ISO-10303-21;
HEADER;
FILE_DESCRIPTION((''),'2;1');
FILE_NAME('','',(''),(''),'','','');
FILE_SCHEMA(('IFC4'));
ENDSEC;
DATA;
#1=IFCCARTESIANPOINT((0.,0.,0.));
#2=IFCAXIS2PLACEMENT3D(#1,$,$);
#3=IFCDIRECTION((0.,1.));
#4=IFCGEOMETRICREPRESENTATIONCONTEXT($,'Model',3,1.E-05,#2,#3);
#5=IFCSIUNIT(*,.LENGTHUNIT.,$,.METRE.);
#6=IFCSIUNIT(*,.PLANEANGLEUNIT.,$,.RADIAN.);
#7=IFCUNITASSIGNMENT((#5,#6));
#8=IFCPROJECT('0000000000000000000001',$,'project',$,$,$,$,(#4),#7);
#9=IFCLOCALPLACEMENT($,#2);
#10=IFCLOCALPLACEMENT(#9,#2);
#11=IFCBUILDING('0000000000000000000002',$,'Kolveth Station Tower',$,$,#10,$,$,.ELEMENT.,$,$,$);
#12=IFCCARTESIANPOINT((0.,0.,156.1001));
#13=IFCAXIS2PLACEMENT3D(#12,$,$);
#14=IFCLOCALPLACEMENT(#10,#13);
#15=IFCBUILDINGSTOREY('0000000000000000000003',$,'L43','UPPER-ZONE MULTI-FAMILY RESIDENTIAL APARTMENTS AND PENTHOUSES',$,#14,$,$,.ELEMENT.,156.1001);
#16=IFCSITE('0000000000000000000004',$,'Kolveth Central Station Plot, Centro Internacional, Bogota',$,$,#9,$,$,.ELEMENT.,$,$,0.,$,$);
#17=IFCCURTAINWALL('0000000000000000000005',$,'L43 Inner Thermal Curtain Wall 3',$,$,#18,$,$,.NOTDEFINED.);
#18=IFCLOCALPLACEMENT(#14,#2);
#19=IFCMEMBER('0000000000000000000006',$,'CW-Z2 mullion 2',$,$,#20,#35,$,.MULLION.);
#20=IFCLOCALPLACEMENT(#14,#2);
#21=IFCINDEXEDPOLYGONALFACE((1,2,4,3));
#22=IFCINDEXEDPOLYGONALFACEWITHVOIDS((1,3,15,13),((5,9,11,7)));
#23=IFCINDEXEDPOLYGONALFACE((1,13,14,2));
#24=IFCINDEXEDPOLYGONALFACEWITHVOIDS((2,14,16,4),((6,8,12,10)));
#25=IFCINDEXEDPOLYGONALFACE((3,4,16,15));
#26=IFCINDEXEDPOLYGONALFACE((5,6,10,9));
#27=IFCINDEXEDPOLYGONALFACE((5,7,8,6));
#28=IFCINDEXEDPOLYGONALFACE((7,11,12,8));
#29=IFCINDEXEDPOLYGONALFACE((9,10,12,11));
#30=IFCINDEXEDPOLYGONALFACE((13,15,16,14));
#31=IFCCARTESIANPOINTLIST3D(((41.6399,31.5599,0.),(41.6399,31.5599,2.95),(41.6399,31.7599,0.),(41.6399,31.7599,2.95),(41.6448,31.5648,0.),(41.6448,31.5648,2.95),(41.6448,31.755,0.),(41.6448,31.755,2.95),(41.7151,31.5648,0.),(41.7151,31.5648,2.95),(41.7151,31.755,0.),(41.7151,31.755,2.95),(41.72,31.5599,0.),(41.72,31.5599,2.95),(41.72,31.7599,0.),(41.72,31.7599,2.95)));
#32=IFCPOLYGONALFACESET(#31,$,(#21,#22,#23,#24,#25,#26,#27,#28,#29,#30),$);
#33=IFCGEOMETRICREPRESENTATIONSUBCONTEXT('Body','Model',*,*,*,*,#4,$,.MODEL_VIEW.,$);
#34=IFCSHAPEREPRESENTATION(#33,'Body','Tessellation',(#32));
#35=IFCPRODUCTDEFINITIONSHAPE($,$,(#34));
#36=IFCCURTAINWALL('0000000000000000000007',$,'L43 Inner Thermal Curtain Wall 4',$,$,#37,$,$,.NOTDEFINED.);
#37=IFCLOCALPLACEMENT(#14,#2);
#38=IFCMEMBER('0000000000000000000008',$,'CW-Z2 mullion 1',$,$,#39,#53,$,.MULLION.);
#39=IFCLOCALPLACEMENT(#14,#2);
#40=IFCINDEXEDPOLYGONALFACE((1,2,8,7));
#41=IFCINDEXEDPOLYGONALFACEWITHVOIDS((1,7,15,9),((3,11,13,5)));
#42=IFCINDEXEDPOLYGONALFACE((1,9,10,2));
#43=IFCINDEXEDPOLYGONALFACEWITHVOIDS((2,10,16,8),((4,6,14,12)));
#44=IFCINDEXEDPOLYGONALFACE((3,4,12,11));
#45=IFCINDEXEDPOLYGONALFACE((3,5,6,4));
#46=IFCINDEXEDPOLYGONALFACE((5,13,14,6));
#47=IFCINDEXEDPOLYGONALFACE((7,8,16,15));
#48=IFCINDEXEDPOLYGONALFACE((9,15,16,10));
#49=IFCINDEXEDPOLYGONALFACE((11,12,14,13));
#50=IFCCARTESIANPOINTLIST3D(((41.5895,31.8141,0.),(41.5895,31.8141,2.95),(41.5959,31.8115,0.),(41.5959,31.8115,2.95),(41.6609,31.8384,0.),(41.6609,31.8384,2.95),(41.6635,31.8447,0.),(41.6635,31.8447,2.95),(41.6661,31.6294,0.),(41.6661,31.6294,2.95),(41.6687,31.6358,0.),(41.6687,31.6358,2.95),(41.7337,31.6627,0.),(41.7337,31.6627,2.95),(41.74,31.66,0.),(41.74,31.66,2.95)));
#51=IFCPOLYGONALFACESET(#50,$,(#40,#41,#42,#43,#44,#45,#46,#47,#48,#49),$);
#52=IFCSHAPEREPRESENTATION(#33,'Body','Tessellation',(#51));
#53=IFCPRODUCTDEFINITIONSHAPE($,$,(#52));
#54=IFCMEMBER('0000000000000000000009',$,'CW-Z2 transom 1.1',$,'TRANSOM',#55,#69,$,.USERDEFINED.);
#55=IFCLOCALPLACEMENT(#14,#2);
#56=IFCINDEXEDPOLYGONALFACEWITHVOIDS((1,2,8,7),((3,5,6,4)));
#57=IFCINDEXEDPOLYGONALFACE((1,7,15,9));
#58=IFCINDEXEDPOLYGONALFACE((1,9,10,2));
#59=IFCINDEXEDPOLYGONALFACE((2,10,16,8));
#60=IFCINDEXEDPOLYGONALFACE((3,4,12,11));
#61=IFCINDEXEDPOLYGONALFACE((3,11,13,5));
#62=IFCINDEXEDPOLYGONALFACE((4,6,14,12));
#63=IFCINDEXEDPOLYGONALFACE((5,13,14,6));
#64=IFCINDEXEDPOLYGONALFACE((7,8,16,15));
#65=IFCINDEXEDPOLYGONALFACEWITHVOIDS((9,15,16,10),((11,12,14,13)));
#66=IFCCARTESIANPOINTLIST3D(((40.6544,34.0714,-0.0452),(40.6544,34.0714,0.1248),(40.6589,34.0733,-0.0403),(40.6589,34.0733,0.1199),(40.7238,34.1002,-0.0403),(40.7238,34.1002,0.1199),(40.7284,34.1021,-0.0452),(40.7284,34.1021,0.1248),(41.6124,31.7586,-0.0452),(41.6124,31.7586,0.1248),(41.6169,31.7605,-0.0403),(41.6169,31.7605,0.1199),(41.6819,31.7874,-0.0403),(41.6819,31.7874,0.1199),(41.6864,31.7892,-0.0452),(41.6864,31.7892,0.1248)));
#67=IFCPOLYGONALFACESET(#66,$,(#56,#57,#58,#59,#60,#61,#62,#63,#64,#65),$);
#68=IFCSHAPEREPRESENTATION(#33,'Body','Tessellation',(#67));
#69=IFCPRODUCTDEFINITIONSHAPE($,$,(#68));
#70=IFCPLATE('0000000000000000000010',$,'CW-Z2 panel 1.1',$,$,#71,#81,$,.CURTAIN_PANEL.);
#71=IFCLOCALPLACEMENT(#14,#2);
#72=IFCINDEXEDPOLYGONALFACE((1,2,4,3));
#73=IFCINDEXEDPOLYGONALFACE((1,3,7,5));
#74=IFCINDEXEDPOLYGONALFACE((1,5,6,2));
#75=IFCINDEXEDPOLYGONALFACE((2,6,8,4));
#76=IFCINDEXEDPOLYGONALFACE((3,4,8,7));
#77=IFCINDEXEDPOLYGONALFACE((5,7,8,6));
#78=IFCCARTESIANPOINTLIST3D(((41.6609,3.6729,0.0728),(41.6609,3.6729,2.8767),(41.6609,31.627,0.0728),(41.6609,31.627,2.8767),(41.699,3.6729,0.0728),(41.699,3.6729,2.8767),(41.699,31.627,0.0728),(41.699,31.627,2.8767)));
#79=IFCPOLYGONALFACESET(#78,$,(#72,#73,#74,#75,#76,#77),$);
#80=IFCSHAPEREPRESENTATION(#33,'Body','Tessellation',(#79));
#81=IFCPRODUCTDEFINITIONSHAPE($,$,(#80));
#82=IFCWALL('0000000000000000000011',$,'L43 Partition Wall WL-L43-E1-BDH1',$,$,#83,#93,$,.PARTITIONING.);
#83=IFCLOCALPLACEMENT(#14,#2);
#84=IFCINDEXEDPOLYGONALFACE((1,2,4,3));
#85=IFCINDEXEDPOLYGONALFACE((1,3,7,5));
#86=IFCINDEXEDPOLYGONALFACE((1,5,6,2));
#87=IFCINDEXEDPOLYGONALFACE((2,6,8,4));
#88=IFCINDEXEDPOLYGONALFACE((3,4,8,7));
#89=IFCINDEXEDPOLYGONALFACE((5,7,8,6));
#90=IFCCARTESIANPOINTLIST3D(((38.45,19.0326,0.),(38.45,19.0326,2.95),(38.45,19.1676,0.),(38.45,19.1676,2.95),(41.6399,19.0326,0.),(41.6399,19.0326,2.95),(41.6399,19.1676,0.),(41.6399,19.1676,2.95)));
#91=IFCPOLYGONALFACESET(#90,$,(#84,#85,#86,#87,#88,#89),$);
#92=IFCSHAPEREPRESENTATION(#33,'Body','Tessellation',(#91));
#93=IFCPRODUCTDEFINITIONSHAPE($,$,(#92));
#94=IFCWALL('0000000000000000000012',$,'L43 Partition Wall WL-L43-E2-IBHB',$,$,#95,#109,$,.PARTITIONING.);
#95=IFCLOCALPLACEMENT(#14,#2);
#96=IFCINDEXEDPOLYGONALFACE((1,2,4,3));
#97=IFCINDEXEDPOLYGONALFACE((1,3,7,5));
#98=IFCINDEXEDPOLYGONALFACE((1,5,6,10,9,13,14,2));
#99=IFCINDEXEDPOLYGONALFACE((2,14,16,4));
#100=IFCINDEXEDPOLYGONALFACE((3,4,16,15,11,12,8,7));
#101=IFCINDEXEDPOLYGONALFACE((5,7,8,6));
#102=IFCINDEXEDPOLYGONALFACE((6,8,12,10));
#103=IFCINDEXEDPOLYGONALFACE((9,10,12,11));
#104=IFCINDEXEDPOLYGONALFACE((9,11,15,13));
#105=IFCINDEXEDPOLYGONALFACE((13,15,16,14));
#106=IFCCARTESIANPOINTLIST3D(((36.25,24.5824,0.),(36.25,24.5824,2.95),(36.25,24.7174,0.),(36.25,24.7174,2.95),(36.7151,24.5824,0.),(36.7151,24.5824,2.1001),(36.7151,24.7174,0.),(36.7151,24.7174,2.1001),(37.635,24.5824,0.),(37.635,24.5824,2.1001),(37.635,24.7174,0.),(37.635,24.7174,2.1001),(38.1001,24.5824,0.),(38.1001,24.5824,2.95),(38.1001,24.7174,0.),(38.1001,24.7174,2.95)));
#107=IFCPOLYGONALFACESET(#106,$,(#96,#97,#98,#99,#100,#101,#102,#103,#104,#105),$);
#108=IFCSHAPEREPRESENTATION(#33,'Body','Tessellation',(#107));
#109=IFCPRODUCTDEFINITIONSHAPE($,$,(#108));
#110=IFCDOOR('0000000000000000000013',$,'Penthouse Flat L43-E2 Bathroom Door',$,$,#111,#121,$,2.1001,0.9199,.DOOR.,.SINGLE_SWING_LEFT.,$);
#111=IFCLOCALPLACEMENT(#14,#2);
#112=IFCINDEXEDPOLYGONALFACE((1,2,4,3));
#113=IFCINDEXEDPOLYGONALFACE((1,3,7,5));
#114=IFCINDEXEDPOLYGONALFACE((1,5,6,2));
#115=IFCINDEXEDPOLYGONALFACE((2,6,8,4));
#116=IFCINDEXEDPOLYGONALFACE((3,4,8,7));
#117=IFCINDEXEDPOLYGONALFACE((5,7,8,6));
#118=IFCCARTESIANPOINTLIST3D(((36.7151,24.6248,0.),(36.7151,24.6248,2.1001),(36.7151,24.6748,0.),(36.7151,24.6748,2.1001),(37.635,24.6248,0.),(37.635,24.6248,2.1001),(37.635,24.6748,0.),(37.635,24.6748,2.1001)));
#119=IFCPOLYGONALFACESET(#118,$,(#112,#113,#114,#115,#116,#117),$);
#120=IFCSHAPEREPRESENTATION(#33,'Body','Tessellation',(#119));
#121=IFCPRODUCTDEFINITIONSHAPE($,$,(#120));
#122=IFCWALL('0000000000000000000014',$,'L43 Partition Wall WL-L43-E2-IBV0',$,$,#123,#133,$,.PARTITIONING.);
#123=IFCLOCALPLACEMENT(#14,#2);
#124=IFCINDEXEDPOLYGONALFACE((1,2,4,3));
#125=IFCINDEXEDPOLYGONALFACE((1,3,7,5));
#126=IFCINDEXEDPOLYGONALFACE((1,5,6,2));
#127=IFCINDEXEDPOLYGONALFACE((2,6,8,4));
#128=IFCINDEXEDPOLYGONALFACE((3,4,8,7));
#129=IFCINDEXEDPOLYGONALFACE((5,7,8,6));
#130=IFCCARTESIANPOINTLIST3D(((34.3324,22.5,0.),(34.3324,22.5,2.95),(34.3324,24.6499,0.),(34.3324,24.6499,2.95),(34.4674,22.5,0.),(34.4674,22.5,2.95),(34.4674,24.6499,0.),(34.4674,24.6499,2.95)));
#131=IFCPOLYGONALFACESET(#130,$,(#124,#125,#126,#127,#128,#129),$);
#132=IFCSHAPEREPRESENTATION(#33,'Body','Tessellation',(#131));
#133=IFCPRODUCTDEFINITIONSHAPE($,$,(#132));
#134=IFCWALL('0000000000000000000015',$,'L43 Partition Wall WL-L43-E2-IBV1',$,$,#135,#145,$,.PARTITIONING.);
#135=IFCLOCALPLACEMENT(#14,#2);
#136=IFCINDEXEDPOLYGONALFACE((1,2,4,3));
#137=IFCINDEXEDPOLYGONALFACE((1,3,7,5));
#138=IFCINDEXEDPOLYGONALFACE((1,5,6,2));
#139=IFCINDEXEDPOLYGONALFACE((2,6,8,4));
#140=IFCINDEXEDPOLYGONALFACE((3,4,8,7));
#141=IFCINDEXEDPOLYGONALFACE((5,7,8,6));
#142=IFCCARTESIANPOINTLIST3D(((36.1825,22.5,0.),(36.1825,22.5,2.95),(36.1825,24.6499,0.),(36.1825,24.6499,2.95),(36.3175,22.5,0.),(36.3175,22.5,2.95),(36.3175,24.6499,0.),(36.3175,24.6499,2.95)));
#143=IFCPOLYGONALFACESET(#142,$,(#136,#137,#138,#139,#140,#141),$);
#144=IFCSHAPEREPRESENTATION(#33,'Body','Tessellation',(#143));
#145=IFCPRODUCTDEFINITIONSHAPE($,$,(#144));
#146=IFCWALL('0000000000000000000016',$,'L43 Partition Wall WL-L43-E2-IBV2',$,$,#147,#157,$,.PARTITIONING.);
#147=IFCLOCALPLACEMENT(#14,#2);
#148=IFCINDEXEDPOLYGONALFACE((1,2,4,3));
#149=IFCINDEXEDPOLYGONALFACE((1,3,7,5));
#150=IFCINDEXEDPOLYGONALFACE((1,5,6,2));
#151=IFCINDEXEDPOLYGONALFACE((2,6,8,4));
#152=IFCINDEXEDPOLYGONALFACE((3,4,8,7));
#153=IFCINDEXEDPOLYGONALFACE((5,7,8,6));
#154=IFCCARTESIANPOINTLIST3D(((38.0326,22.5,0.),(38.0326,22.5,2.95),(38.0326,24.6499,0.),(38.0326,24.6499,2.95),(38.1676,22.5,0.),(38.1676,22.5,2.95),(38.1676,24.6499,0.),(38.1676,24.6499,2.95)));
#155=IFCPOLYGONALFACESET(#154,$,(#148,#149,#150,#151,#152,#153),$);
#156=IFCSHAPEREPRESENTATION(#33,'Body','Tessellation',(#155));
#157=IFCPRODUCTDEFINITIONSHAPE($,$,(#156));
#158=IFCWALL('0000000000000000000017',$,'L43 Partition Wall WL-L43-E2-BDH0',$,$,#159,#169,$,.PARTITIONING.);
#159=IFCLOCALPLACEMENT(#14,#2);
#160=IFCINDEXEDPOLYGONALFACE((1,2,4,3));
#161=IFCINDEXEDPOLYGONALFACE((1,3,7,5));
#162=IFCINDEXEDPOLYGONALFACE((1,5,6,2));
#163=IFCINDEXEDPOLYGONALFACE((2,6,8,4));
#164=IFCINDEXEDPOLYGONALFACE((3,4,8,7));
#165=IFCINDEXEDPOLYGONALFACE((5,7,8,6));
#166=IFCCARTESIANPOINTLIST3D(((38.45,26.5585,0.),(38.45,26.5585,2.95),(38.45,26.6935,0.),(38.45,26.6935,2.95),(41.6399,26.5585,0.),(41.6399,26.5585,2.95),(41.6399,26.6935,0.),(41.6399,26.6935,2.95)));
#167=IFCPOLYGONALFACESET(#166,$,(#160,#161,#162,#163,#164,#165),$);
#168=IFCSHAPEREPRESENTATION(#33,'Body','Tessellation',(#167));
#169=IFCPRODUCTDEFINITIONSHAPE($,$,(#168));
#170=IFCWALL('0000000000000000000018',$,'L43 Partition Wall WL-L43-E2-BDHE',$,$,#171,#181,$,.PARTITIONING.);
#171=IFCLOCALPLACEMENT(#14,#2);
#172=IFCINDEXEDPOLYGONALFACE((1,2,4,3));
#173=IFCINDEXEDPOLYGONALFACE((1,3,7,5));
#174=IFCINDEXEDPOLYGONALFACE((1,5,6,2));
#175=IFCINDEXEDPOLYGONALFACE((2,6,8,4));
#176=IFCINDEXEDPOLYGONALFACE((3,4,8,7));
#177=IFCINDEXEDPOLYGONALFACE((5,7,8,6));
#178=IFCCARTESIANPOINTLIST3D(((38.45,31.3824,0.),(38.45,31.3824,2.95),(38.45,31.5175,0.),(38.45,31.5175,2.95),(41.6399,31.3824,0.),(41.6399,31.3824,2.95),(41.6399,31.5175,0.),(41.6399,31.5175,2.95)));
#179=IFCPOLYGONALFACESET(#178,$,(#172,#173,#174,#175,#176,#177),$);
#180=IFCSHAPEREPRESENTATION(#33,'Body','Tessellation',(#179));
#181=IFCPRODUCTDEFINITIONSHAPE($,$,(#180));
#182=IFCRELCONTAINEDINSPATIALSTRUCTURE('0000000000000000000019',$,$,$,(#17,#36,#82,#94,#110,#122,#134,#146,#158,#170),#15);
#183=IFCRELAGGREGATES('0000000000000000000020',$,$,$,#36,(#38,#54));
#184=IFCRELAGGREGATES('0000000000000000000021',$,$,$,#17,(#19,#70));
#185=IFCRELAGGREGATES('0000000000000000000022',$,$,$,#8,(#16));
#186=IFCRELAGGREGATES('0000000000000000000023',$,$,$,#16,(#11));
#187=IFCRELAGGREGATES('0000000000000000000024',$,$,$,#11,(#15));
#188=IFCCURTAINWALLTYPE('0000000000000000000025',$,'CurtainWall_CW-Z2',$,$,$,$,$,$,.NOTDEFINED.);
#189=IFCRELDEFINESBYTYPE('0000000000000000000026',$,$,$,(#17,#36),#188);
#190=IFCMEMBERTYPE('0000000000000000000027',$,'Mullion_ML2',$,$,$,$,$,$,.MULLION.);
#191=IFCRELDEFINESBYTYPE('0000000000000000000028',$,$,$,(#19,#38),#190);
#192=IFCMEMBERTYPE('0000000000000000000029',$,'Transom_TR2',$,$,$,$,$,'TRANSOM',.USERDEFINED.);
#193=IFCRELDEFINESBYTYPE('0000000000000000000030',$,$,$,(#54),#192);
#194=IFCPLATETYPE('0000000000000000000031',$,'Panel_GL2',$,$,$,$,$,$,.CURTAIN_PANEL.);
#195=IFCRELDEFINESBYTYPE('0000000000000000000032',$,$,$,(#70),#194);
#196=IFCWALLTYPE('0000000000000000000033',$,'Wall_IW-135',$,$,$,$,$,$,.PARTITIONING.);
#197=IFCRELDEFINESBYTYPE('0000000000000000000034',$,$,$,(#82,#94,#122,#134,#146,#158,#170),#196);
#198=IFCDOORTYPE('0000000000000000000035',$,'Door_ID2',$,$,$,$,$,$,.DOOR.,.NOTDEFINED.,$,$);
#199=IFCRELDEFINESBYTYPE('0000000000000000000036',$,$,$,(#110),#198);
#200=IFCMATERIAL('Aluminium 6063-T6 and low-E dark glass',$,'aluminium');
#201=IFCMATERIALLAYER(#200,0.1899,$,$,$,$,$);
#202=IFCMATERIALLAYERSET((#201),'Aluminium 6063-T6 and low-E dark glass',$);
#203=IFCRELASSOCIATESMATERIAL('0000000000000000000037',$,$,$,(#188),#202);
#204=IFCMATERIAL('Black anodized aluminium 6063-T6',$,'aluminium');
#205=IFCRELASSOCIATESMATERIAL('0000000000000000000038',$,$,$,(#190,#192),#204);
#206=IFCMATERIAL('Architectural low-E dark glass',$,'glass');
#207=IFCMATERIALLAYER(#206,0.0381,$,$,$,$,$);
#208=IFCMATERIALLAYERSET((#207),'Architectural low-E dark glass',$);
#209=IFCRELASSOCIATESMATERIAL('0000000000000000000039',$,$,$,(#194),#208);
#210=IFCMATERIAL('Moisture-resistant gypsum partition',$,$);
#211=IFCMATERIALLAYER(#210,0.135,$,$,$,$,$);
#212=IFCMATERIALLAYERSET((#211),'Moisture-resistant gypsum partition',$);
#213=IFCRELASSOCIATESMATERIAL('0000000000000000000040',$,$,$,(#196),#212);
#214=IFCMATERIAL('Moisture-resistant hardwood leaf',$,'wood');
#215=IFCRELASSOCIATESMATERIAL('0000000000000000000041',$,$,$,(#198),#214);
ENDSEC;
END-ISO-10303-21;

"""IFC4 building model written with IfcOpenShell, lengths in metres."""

from ifc_helpers import new_model, si_unit, direction, frame, frame_2d, origin, origin_2d, place, context, subcontext, project, spatial, rectangle, hollow_rectangle, extrude, source, transform, mapped, material, layer, layer_set, material_profile, profile_set, type_object, element, fill, aggregate, save


model = new_model("IFC4")

# Units and contexts
model_context = context("Model", 3, precision=1e-05, world=origin(), true_north=direction((0.0, 1.0)))
body_context = subcontext(model_context, "Body", "Model", "MODEL_VIEW")
ifc_project = project(units=[si_unit("LENGTHUNIT", "METRE"), si_unit("PLANEANGLEUNIT", "RADIAN")], contexts=[model_context])

# Site, building, storey
site_placement = place(None, origin())
site = spatial("IfcSite", under=ifc_project, at=site_placement, Name="Kolveth Central Station Plot, Centro Internacional, Bogota", CompositionType="ELEMENT", RefElevation=0.0)
building_placement = place(site_placement, origin())
building = spatial("IfcBuilding", under=site, at=building_placement, Name="Kolveth Station Tower", CompositionType="ELEMENT")
storey_placement = place(building_placement, frame((0.0, 0.0, 156.1001)))
storey = spatial("IfcBuildingStorey", under=building, at=storey_placement, Name="L43", Description="UPPER-ZONE MULTI-FAMILY RESIDENTIAL APARTMENTS AND PENTHOUSES", CompositionType="ELEMENT", Elevation=156.1001)

# Curtain wall, member
ifc_material_1 = material(Name="Aluminium 6063-T6 and low-E dark glass", Category="aluminium")
ifc_layer_1 = layer(ifc_material_1, 0.1899)
ifc_layer_set_1 = layer_set([ifc_layer_1], Name="Aluminium 6063-T6 and low-E dark glass")
curtain_wall_type = type_object("IfcCurtainWallType", Name="CurtainWall_CW-Z2", PredefinedType="NOTDEFINED", material=ifc_layer_set_1)
curtain_wall_1_placement = place(storey_placement, origin())
curtain_wall_1 = element("IfcCurtainWall", 1, at=curtain_wall_1_placement, inside=storey, type_object=curtain_wall_type, Name="L43 Inner Thermal Curtain Wall 3", PredefinedType="NOTDEFINED")
ifc_material_2 = material(Name="Black anodized aluminium 6063-T6", Category="aluminium")
ifc_material_profile_1 = material_profile(ifc_material_2, hollow_rectangle(XDim=0.0801, YDim=0.2, WallThickness=0.0049, at=origin_2d()), Name="ALU-80x200x5")
ifc_profile_set_1 = profile_set([ifc_material_profile_1], Name="Black anodized aluminium 6063-T6")
member_type_1 = type_object("IfcMemberType", Name="Mullion_ML2", PredefinedType="MULLION", material=ifc_profile_set_1)
shared_shape_1 = source(origin(), body_context, "Body", "SweptSolid", [
    extrude(hollow_rectangle(XDim=0.0801, YDim=0.2, WallThickness=0.0049, at=origin_2d()), origin(), (0.0, 0.0, 1.0), 2.95),
])
member_1_placement = place(storey_placement, frame((41.6799, 31.6599, 0.0), z_axis=(0.0, 0.0, 1.0), x_axis=(-1.0, 0.0, 0.0)))
member_1 = element("IfcMember", 2, at=member_1_placement, type_object=member_type_1, Name="CW-Z2 mullion 2", PredefinedType="MULLION", context=body_context, shape_type="MappedRepresentation", body=[
    mapped(shared_shape_1, transform((0.0, 0.0, 0.0), x_axis=(1.0, 0.0, 0.0), y_axis=(0.0, 1.0, 0.0), z_axis=(0.0, 0.0, 1.0), scale=1.0)),
])

# Curtain wall, members
curtain_wall_2_placement = place(storey_placement, origin())
curtain_wall_2 = element("IfcCurtainWall", 3, at=curtain_wall_2_placement, inside=storey, type_object=curtain_wall_type, Name="L43 Inner Thermal Curtain Wall 4", PredefinedType="NOTDEFINED")
member_2_placement = place(storey_placement, frame((41.6648, 31.7371, 0.0), z_axis=(0.0, 0.0, 1.0), x_axis=(-0.923874, -0.382698, 0.0)))
member_2 = element("IfcMember", 4, at=member_2_placement, type_object=member_type_1, Name="CW-Z2 mullion 1", PredefinedType="MULLION", context=body_context, shape_type="MappedRepresentation", body=[
    mapped(shared_shape_1, transform((0.0, 0.0, 0.0), x_axis=(1.0, 0.0, 0.0), y_axis=(0.0, 1.0, 0.0), z_axis=(0.0, 0.0, 1.0), scale=1.0)),
])
ifc_material_profile_2 = material_profile(ifc_material_2, hollow_rectangle(XDim=0.0801, YDim=0.1699, WallThickness=0.0049, at=origin_2d()), Name="ALU-80x170x5")
ifc_profile_set_2 = profile_set([ifc_material_profile_2], Name="Black anodized aluminium 6063-T6")
member_type_2 = type_object("IfcMemberType", Name="Transom_TR2", ElementType="TRANSOM", PredefinedType="USERDEFINED", material=ifc_profile_set_2)
shared_shape_2 = source(origin(), body_context, "Body", "SweptSolid", [
    extrude(hollow_rectangle(XDim=0.0801, YDim=0.1699, WallThickness=0.0049, at=origin_2d()), origin(), (0.0, 0.0, 1.0), 2.5034),
])
member_3_placement = place(storey_placement, frame((41.6494, 31.7739, 0.0398), z_axis=(-0.382696, 0.923874, 0.0), x_axis=(-0.923874, -0.382696, 0.0)))
member_3 = element("IfcMember", 5, at=member_3_placement, type_object=member_type_2, Name="CW-Z2 transom 1.1", ObjectType="TRANSOM", PredefinedType="USERDEFINED", context=body_context, shape_type="MappedRepresentation", body=[
    mapped(shared_shape_2, transform((0.0, 0.0, 0.0), x_axis=(1.0, 0.0, 0.0), y_axis=(0.0, 1.0, 0.0), z_axis=(0.0, 0.0, 1.0), scale=1.0)),
])
aggregate(curtain_wall_2, [member_2, member_3])

# Plate
ifc_material_3 = material(Name="Architectural low-E dark glass", Category="glass")
ifc_layer_2 = layer(ifc_material_3, 0.0381)
ifc_layer_set_2 = layer_set([ifc_layer_2], Name="Architectural low-E dark glass")
plate_type = type_object("IfcPlateType", Name="Panel_GL2", PredefinedType="CURTAIN_PANEL", material=ifc_layer_set_2)
shared_shape_3 = source(origin(), body_context, "Body", "SweptSolid", [
    extrude(rectangle(XDim=27.9541, YDim=0.0381, at=origin_2d()), origin(), (0.0, 0.0, 1.0), 2.804),
])
plate_placement = place(storey_placement, frame((41.6799, 17.6499, 0.0728), z_axis=(0.0, 0.0, 1.0), x_axis=(0.0, 1.0, 0.0)))
plate = element("IfcPlate", 6, at=plate_placement, type_object=plate_type, Name="CW-Z2 panel 1.1", PredefinedType="CURTAIN_PANEL", context=body_context, shape_type="MappedRepresentation", body=[
    mapped(shared_shape_3, transform((0.0, 0.0, 0.0), x_axis=(1.0, 0.0, 0.0), y_axis=(0.0, 1.0, 0.0), z_axis=(0.0, 0.0, 1.0), scale=1.0)),
])
aggregate(curtain_wall_1, [member_1, plate])

# Shared definitions
ifc_material_4 = material(Name="Moisture-resistant gypsum partition")
ifc_layer_3 = layer(ifc_material_4, 0.135)
ifc_layer_set_3 = layer_set([ifc_layer_3], Name="Moisture-resistant gypsum partition")
wall_type = type_object("IfcWallType", Name="Wall_IW-135", PredefinedType="PARTITIONING", material=ifc_layer_set_3)

# Wall
wall_1_placement = place(storey_placement, frame((38.45, 19.1001, 0.0), z_axis=(0.0, 0.0, 1.0), x_axis=(1.0, 0.0, 0.0)))
element("IfcWall", 7, at=wall_1_placement, inside=storey, type_object=wall_type, Name="L43 Partition Wall WL-L43-E1-BDH1", PredefinedType="PARTITIONING", context=body_context, shape_type="SweptSolid", body=[
    extrude(rectangle(XDim=3.1899, YDim=0.135, at=frame_2d((1.595, 0.0))), origin(), (0.0, 0.0, 1.0), 2.95),
])

# Wall, opening, door
wall_2_placement = place(storey_placement, frame((36.25, 24.6499, 0.0), z_axis=(0.0, 0.0, 1.0), x_axis=(1.0, 0.0, 0.0)))
wall_2 = element("IfcWall", 8, at=wall_2_placement, inside=storey, type_object=wall_type, Name="L43 Partition Wall WL-L43-E2-IBHB", PredefinedType="PARTITIONING", context=body_context, shape_type="SweptSolid", body=[
    extrude(rectangle(XDim=1.8501, YDim=0.135, at=frame_2d((0.925, 0.0))), origin(), (0.0, 0.0, 1.0), 2.95),
])
opening_1_placement = place(wall_2_placement, frame((0.4651, 0.0, 0.0)))
opening_1 = element("IfcOpeningElement", 9, at=opening_1_placement, cuts=wall_2, PredefinedType="OPENING", context=body_context, shape_type="SweptSolid", body=[
    extrude(rectangle(XDim=0.9199, YDim=2.1001, at=frame_2d((0.46, 1.05))), frame((0.0, 0.0774, 0.0), z_axis=(0.0, -1.0, 0.0), x_axis=(1.0, 0.0, 0.0)), (0.0, 0.0, 1.0), 0.155),
])
ifc_material_5 = material(Name="Moisture-resistant hardwood leaf", Category="wood")
door_type_1 = type_object("IfcDoorType", Name="Door_ID2", OperationType="NOTDEFINED", PredefinedType="DOOR", material=ifc_material_5)
door_1_placement = place(opening_1_placement, origin())
door_1 = element("IfcDoor", 10, at=door_1_placement, inside=storey, type_object=door_type_1, Name="Penthouse Flat L43-E2 Bathroom Door", OperationType="SINGLE_SWING_LEFT", OverallHeight=2.1001, OverallWidth=0.9199, PredefinedType="DOOR", context=body_context, shape_type="SweptSolid", body=[
    extrude(rectangle(XDim=0.9199, YDim=2.1001, at=frame_2d((0.46, 1.05))), frame((0.0, 0.0249, 0.0), z_axis=(0.0, -1.0, 0.0), x_axis=(1.0, 0.0, 0.0)), (0.0, 0.0, 1.0), 0.05),
])
fill(opening_1, door_1)

# Walls
for number, where, z_axis, x_axis, name in (
    (11, (34.3999, 22.5, 0.0), (0.0, 0.0, 1.0), (0.0, 1.0, 0.0), "L43 Partition Wall WL-L43-E2-IBV0"),
    (12, (36.25, 22.5, 0.0), (0.0, 0.0, 1.0), (0.0, 1.0, 0.0), "L43 Partition Wall WL-L43-E2-IBV1"),
    (13, (38.1001, 22.5, 0.0), (0.0, 0.0, 1.0), (0.0, 1.0, 0.0), "L43 Partition Wall WL-L43-E2-IBV2"),
):
    element("IfcWall", number, at=place(storey_placement, frame(where, z_axis=z_axis, x_axis=x_axis)), inside=storey, type_object=wall_type, Name=name, PredefinedType="PARTITIONING", context=body_context, shape_type="SweptSolid", body=[
        extrude(rectangle(XDim=2.1499, YDim=0.135, at=frame_2d((1.075, 0.0))), origin(), (0.0, 0.0, 1.0), 2.95),
    ])
for number, where, z_axis, x_axis, name in (
    (14, (38.45, 26.626, 0.0), (0.0, 0.0, 1.0), (1.0, 0.0, 0.0), "L43 Partition Wall WL-L43-E2-BDH0"),
    (15, (38.45, 31.45, 0.0), (0.0, 0.0, 1.0), (1.0, 0.0, 0.0), "L43 Partition Wall WL-L43-E2-BDHE"),
):
    element("IfcWall", number, at=place(storey_placement, frame(where, z_axis=z_axis, x_axis=x_axis)), inside=storey, type_object=wall_type, Name=name, PredefinedType="PARTITIONING", context=body_context, shape_type="SweptSolid", body=[
        extrude(rectangle(XDim=3.1899, YDim=0.135, at=frame_2d((1.595, 0.0))), origin(), (0.0, 0.0, 1.0), 2.95),
    ])

save(model, "model.ifc")
